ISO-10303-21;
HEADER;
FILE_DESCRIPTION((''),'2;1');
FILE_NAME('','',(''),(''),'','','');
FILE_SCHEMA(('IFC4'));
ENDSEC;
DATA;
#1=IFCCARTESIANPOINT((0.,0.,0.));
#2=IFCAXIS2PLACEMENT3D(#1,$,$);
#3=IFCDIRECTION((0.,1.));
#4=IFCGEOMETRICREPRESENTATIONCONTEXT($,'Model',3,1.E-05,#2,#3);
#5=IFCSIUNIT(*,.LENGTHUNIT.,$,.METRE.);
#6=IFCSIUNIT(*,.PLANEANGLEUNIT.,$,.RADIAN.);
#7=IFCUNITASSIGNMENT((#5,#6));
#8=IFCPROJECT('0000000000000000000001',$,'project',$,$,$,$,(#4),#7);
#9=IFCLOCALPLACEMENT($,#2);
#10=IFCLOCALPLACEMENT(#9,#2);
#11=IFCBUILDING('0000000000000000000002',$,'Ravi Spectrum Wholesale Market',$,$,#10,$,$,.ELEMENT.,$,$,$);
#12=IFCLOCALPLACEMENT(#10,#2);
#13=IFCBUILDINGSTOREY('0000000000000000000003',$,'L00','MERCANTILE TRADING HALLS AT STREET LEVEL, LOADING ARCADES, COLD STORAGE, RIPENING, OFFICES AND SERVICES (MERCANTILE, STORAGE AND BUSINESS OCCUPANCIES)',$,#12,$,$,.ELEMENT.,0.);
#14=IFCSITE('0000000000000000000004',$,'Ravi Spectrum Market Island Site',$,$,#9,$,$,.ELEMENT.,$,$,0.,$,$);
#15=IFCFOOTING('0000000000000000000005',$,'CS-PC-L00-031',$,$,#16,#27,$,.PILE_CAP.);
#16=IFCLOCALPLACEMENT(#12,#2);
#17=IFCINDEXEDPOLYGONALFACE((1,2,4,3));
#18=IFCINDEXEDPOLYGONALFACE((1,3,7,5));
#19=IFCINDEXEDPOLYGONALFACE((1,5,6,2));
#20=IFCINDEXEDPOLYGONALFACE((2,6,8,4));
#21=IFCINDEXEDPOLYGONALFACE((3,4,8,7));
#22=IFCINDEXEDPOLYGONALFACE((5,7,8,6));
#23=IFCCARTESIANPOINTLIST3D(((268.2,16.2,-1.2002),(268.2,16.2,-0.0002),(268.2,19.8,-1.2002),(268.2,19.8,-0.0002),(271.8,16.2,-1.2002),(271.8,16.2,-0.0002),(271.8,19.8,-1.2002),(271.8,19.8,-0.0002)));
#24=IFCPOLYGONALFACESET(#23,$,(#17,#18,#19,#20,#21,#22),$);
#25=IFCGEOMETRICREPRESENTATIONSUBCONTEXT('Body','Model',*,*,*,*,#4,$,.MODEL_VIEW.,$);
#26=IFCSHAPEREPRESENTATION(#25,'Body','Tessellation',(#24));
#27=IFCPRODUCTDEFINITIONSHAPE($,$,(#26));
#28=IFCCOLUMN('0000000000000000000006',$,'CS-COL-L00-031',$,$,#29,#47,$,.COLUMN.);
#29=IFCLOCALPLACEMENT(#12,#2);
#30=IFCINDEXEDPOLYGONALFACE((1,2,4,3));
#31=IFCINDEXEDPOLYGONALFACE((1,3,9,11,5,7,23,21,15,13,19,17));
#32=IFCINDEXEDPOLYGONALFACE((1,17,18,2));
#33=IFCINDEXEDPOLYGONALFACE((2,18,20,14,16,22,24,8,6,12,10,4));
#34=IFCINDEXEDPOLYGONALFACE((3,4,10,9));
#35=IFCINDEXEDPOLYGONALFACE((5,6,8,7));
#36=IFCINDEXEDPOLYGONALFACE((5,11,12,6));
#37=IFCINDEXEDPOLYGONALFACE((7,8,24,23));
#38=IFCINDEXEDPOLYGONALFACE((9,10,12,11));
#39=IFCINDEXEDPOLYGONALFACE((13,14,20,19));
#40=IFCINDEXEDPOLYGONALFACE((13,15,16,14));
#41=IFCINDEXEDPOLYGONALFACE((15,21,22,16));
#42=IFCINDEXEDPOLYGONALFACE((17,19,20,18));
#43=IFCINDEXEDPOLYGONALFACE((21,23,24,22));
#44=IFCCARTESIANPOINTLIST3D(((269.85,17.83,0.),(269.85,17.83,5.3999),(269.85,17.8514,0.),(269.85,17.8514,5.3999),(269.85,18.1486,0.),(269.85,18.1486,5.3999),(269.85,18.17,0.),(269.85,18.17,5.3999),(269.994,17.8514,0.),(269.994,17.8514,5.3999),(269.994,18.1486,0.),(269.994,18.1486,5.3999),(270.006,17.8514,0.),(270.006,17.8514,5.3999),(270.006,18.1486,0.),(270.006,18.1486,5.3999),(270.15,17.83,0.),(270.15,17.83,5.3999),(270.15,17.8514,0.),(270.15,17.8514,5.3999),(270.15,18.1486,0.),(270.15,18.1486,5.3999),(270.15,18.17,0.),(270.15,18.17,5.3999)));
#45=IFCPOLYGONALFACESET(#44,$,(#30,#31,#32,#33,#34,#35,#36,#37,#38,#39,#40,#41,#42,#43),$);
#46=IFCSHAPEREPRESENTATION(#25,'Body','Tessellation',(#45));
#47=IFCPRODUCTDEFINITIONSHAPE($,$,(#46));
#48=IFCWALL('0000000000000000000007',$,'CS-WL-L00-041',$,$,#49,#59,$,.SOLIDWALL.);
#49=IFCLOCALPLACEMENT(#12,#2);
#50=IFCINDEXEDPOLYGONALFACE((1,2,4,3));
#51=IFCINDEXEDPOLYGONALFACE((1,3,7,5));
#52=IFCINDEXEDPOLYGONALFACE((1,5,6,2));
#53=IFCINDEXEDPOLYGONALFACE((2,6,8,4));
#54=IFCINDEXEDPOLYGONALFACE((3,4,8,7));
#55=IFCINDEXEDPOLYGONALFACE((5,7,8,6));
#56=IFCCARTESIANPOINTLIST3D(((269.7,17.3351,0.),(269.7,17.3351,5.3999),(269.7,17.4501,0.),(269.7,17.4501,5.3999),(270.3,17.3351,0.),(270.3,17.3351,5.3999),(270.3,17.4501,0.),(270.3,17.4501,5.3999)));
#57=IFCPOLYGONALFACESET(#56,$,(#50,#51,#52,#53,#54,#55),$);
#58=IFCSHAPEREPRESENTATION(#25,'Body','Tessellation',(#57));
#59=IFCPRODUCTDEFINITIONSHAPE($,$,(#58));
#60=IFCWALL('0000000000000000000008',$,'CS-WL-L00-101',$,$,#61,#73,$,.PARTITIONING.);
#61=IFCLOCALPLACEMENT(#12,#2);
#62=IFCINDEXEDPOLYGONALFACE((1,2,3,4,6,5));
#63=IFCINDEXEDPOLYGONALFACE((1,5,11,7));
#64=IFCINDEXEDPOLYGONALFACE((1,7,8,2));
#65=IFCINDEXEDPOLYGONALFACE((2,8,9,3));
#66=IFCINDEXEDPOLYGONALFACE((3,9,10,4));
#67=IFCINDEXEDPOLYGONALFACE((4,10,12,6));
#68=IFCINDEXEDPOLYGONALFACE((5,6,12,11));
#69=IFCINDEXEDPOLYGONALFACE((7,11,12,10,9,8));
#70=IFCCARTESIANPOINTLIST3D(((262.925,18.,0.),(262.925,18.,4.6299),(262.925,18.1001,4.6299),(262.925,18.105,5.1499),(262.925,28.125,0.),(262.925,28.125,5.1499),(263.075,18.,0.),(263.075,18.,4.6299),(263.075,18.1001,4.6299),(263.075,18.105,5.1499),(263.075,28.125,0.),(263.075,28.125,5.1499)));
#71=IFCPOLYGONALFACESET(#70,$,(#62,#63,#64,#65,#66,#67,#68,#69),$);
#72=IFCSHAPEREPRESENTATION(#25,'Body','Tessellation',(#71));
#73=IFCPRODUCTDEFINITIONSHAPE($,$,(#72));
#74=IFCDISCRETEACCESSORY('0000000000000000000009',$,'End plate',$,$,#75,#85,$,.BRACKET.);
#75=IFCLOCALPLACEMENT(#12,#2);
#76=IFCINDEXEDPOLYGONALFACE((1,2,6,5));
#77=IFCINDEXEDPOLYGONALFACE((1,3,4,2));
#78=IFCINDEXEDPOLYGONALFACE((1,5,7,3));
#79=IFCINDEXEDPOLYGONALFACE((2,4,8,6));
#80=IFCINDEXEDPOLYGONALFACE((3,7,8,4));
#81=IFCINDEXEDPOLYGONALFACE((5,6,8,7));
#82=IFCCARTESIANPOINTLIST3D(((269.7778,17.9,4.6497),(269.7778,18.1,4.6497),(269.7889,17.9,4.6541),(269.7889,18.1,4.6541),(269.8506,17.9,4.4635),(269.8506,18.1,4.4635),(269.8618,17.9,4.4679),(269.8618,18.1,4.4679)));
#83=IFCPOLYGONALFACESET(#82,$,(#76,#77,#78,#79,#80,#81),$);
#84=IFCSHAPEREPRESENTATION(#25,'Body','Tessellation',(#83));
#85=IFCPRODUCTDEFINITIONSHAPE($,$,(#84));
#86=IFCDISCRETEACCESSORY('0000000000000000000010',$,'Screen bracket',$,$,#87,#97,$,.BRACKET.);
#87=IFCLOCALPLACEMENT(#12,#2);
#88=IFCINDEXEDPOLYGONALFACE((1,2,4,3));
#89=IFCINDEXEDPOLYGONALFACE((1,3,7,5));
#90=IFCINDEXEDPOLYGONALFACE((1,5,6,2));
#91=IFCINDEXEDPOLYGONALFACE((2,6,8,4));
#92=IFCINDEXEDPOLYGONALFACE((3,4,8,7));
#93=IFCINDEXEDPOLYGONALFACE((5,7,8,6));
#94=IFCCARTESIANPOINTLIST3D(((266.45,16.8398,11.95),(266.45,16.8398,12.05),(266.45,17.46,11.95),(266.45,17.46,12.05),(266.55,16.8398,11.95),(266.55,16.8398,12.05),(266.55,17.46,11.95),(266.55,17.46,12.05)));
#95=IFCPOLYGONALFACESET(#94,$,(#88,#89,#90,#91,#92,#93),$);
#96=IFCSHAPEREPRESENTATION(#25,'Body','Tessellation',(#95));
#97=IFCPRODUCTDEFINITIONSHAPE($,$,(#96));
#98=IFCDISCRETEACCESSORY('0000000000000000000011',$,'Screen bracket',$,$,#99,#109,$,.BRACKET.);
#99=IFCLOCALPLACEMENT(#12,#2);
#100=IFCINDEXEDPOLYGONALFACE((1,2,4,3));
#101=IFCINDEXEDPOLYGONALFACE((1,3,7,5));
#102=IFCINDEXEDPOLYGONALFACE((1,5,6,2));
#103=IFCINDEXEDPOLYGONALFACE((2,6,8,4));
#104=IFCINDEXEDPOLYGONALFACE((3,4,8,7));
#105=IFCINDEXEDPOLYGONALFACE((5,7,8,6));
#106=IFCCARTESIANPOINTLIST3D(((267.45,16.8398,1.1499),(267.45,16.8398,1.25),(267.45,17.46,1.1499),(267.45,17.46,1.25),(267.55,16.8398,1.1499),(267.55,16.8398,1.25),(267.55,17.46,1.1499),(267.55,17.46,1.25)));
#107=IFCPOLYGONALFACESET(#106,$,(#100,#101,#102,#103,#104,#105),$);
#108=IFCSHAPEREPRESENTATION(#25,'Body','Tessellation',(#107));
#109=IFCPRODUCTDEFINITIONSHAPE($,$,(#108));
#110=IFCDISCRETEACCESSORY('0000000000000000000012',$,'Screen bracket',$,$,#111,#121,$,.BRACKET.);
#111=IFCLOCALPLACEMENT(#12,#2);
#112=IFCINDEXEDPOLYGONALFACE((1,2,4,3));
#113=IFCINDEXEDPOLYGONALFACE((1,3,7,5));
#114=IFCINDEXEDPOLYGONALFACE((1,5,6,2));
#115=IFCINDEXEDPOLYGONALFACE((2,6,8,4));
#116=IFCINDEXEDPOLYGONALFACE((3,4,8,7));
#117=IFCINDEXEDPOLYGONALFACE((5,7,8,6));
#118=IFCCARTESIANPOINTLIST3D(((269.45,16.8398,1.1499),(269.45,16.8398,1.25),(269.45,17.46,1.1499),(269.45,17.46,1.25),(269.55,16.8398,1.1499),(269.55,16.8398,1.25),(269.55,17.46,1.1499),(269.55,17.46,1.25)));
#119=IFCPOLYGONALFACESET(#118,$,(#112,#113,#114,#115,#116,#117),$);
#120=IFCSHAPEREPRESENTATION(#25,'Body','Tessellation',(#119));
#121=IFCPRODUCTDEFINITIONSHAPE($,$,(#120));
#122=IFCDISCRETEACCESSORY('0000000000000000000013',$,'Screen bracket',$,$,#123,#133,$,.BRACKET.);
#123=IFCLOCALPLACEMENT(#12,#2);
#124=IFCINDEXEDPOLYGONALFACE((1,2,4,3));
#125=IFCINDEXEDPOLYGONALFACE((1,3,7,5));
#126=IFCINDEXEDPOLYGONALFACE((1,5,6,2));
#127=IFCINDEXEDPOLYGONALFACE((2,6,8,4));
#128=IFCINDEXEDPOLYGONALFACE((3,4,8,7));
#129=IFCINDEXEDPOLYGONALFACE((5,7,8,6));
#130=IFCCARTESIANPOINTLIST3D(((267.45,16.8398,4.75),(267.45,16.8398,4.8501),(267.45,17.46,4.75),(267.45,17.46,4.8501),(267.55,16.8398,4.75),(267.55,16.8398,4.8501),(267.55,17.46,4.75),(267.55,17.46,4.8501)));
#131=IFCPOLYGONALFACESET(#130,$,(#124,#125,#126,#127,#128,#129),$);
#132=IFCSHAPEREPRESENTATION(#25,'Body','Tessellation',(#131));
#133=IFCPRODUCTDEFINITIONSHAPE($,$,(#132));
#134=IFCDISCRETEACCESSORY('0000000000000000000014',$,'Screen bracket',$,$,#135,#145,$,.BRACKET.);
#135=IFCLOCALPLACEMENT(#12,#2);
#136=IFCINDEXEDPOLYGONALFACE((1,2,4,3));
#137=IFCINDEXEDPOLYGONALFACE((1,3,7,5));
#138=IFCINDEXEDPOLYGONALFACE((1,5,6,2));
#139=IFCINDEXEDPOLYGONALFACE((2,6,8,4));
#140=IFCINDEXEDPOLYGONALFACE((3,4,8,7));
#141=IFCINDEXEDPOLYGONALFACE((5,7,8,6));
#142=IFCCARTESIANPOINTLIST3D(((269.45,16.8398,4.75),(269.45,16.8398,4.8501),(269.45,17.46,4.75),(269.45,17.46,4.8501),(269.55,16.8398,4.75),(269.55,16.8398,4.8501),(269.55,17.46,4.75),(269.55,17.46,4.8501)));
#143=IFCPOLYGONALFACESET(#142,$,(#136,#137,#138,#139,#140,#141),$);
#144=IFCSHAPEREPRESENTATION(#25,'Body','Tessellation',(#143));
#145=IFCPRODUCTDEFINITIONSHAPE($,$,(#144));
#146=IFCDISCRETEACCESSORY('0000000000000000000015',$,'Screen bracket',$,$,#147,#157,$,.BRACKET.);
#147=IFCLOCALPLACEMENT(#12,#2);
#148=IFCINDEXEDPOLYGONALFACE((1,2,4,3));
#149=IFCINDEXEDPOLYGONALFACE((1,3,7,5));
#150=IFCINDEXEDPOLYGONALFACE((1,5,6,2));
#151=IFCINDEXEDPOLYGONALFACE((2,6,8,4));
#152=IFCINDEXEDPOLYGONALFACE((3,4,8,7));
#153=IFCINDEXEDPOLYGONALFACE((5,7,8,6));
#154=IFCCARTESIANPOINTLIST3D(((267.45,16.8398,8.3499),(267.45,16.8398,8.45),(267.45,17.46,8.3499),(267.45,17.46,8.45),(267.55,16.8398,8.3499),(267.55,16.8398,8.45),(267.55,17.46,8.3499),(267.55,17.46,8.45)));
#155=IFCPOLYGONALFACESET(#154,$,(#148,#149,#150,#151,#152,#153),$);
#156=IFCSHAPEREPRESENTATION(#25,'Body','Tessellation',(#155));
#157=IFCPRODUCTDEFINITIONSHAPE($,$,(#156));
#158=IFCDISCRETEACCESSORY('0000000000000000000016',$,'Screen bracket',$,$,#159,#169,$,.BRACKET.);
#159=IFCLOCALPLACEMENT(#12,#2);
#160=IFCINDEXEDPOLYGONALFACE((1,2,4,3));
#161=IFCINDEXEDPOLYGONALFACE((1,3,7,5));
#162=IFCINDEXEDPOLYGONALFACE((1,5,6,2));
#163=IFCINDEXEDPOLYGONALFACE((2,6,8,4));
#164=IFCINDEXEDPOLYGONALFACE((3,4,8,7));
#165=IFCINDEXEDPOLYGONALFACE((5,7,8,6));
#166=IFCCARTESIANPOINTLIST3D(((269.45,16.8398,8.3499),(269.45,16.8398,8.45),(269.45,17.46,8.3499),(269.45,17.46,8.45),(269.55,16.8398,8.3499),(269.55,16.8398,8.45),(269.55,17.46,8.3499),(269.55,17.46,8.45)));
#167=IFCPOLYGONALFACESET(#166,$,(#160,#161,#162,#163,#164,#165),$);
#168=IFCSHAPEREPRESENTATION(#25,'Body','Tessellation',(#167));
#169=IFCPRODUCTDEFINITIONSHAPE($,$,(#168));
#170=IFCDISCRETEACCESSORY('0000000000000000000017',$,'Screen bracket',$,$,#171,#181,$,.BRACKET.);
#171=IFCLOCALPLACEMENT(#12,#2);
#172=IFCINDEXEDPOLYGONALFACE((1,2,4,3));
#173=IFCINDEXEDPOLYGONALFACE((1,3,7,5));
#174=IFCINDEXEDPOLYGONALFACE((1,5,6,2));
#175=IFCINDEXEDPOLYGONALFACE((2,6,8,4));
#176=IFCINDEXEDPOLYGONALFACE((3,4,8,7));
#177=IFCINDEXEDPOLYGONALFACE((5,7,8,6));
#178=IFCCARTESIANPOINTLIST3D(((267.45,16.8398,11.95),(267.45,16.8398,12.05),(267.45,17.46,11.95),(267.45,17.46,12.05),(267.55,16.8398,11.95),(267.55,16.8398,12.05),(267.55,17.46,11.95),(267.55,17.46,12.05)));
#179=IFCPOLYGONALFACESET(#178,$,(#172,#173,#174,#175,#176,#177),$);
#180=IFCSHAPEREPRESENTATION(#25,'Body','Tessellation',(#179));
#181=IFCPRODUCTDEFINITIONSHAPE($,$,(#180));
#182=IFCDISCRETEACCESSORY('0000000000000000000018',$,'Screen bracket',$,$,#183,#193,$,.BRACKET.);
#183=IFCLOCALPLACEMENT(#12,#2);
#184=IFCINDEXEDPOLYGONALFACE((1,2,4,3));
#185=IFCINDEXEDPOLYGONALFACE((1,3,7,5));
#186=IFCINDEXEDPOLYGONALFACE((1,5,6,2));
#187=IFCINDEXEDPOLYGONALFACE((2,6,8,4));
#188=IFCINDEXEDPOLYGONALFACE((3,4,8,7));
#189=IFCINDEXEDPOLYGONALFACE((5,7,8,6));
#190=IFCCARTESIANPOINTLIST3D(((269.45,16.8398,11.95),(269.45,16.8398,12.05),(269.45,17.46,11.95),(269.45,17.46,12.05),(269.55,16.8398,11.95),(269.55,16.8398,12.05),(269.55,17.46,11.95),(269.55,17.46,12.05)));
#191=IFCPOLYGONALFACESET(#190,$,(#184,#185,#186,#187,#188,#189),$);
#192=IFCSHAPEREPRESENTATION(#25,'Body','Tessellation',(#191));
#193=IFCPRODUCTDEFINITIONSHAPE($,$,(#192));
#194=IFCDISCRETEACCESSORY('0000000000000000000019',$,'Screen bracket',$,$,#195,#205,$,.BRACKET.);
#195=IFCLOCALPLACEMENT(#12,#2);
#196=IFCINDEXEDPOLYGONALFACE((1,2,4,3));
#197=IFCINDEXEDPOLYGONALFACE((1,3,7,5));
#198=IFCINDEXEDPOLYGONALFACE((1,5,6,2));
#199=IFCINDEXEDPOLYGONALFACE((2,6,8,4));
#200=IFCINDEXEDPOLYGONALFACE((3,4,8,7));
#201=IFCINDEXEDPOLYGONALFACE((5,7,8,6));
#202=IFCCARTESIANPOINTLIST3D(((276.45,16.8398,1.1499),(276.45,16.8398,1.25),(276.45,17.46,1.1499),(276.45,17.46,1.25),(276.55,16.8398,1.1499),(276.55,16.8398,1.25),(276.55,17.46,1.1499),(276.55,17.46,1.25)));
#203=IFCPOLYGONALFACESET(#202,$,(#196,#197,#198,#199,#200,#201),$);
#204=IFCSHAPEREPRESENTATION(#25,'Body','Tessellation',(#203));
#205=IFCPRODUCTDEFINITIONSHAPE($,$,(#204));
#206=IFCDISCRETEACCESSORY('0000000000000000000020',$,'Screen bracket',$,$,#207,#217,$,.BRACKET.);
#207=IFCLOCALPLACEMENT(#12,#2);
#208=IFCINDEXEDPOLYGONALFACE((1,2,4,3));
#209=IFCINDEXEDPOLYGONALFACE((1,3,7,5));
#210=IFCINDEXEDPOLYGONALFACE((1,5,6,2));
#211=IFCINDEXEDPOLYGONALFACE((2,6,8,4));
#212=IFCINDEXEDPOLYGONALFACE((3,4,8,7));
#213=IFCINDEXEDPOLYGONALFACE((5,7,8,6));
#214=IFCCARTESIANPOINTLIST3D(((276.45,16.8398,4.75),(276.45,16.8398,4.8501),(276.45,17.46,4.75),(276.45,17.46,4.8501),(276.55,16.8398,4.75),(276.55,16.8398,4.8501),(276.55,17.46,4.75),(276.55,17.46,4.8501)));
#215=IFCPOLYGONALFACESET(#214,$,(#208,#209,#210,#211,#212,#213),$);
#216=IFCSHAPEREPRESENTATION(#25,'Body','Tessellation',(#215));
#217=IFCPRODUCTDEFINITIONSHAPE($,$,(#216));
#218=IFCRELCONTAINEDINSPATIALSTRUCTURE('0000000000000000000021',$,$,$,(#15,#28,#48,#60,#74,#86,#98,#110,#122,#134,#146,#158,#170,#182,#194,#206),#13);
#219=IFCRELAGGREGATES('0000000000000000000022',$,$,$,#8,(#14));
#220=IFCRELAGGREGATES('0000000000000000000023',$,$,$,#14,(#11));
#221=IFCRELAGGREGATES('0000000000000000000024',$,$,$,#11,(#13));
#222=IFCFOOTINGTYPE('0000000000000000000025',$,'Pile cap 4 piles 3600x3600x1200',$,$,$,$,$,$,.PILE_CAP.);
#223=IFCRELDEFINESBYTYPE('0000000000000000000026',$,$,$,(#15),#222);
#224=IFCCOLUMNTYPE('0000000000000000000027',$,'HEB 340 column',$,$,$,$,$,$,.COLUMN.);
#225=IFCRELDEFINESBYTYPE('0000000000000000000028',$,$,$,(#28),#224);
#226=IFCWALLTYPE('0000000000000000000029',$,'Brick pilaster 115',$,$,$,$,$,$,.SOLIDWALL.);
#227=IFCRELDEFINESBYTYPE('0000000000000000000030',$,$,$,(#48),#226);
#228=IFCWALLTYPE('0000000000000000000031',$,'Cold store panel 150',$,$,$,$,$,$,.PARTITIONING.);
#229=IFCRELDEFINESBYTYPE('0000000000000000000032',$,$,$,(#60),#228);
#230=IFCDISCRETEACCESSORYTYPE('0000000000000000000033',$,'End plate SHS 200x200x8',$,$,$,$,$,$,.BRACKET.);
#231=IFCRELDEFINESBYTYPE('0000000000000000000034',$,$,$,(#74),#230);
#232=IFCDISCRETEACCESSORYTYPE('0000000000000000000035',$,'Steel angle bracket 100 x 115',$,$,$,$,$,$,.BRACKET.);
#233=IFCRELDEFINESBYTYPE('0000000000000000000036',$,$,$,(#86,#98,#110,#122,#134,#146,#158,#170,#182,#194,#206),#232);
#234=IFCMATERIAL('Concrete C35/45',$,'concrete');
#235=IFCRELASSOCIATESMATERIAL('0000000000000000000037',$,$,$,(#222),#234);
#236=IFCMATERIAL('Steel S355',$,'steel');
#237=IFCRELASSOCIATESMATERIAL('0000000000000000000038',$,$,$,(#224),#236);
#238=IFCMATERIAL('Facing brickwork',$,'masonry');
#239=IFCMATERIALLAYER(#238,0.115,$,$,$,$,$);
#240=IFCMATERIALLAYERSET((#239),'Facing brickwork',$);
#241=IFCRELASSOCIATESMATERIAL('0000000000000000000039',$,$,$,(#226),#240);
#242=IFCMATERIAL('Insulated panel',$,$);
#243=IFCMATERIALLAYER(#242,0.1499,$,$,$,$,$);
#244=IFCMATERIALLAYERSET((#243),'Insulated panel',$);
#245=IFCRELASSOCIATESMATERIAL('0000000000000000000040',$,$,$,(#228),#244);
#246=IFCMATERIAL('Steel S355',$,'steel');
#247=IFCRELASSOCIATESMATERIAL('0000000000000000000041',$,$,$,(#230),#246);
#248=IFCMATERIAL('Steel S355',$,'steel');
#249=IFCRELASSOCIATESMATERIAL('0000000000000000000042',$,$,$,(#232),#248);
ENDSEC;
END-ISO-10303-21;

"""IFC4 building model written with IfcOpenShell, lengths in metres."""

from ifc_helpers import new_model, si_unit, direction, frame, frame_2d, origin, origin_2d, place, context, subcontext, project, spatial, polyline, rectangle, i_section, outline, extrude, material, layer, layer_set, material_profile, profile_set, type_object, element, save


model = new_model("IFC4")

# Units and contexts
model_context = context("Model", 3, precision=1e-05, world=origin(), true_north=direction((0.0, 1.0)))
body_context = subcontext(model_context, "Body", "Model", "MODEL_VIEW")
ifc_project = project(units=[si_unit("LENGTHUNIT", "METRE"), si_unit("PLANEANGLEUNIT", "RADIAN")], contexts=[model_context])

# Site, building, storey
site_placement = place(None, origin())
site = spatial("IfcSite", under=ifc_project, at=site_placement, Name="Ravi Spectrum Market Island Site", CompositionType="ELEMENT", RefElevation=0.0)
building_placement = place(site_placement, origin())
building = spatial("IfcBuilding", under=site, at=building_placement, Name="Ravi Spectrum Wholesale Market", CompositionType="ELEMENT")
storey_placement = place(building_placement, origin())
storey = spatial("IfcBuildingStorey", under=building, at=storey_placement, Name="L00", Description="MERCANTILE TRADING HALLS AT STREET LEVEL, LOADING ARCADES, COLD STORAGE, RIPENING, OFFICES AND SERVICES (MERCANTILE, STORAGE AND BUSINESS OCCUPANCIES)", CompositionType="ELEMENT", Elevation=0.0)

# Footing
ifc_material_1 = material(Name="Concrete C35/45", Category="concrete")
footing_type = type_object("IfcFootingType", Name="Pile cap 4 piles 3600x3600x1200", PredefinedType="PILE_CAP", material=ifc_material_1)
footing_placement = place(storey_placement, frame((270.0, 18.0, -1.2002), z_axis=(0.0, 0.0, 1.0), x_axis=(1.0, 0.0, 0.0)))
element("IfcFooting", 1, at=footing_placement, inside=storey, type_object=footing_type, Name="CS-PC-L00-031", PredefinedType="PILE_CAP", context=body_context, shape_type="SweptSolid", body=[
    extrude(rectangle(XDim=3.6001, YDim=3.6001, at=origin_2d()), origin(), (0.0, 0.0, 1.0), 1.2),
])

# Column
ifc_material_2 = material(Name="Steel S355", Category="steel")
ifc_material_profile_1 = material_profile(ifc_material_2, i_section(OverallWidth=0.3, OverallDepth=0.3401, WebThickness=0.012, FlangeThickness=0.0215, at=origin_2d()))
ifc_profile_set_1 = profile_set([ifc_material_profile_1], Name="Steel S355")
column_type = type_object("IfcColumnType", Name="HEB 340 column", PredefinedType="COLUMN", material=ifc_profile_set_1)
column_placement = place(storey_placement, frame((270.0, 18.0, 0.0), z_axis=(0.0, 0.0, 1.0), x_axis=(1.0, 0.0, 0.0)))
element("IfcColumn", 2, at=column_placement, inside=storey, type_object=column_type, Name="CS-COL-L00-031", PredefinedType="COLUMN", context=body_context, shape_type="SweptSolid", body=[
    extrude(i_section(OverallWidth=0.3, OverallDepth=0.3401, WebThickness=0.012, FlangeThickness=0.0215, at=origin_2d()), origin(), (0.0, 0.0, 1.0), 5.3999),
])

# Walls
ifc_material_3 = material(Name="Facing brickwork", Category="masonry")
ifc_layer_1 = layer(ifc_material_3, 0.115)
ifc_layer_set_1 = layer_set([ifc_layer_1], Name="Facing brickwork")
wall_type_1 = type_object("IfcWallType", Name="Brick pilaster 115", PredefinedType="SOLIDWALL", material=ifc_layer_set_1)
wall_1_placement = place(storey_placement, frame((269.7, 17.3926, 0.0), z_axis=(0.0, 0.0, 1.0), x_axis=(1.0, 0.0, 0.0)))
element("IfcWall", 3, at=wall_1_placement, inside=storey, type_object=wall_type_1, Name="CS-WL-L00-041", PredefinedType="SOLIDWALL", context=body_context, shape_type="SweptSolid", body=[
    extrude(rectangle(XDim=0.6001, YDim=0.115, at=frame_2d((0.3, 0.0))), origin(), (0.0, 0.0, 1.0), 5.3999),
])
ifc_material_4 = material(Name="Insulated panel")
ifc_layer_2 = layer(ifc_material_4, 0.1499)
ifc_layer_set_2 = layer_set([ifc_layer_2], Name="Insulated panel")
wall_type_2 = type_object("IfcWallType", Name="Cold store panel 150", PredefinedType="PARTITIONING", material=ifc_layer_set_2)
wall_2_placement = place(storey_placement, frame((263.0, 18.0, 0.0), z_axis=(0.0, 0.0, 1.0), x_axis=(0.0, 1.0, 0.0)))
element("IfcWall", 4, at=wall_2_placement, inside=storey, type_object=wall_type_2, Name="CS-WL-L00-101", PredefinedType="PARTITIONING", context=body_context, shape_type="SweptSolid", body=[
    extrude(outline(polyline([(0.0, 0.0), (10.125, 0.0), (10.125, 5.1499), (0.105, 5.1499), (0.1001, 4.6299), (0.0, 4.6299), (0.0, 0.0)])), frame((0.0, 0.075, 0.0), z_axis=(0.0, -1.0, 0.0), x_axis=(1.0, 0.0, 0.0)), (0.0, 0.0, 1.0), 0.1499),
])

# Discrete accessories
ifc_material_5 = material(Name="Steel S355", Category="steel")
ifc_material_profile_2 = material_profile(ifc_material_5, rectangle(XDim=0.2, YDim=0.2, at=origin_2d()))
ifc_profile_set_2 = profile_set([ifc_material_profile_2], Name="Steel S355")
discrete_accessory_type_1 = type_object("IfcDiscreteAccessoryType", Name="End plate SHS 200x200x8", PredefinedType="BRACKET", material=ifc_profile_set_2)
discrete_accessory_placement = place(storey_placement, frame((269.8142, 18.0, 4.5566), z_axis=(0.931243, 0.0, 0.364399), x_axis=(0.0, 1.0, 0.0)))
element("IfcDiscreteAccessory", 5, at=discrete_accessory_placement, inside=storey, type_object=discrete_accessory_type_1, Name="End plate", PredefinedType="BRACKET", context=body_context, shape_type="SweptSolid", body=[
    extrude(rectangle(XDim=0.2, YDim=0.2, at=origin_2d()), origin(), (0.0, 0.0, 1.0), 0.012),
])
ifc_material_6 = material(Name="Steel S355", Category="steel")
discrete_accessory_type_2 = type_object("IfcDiscreteAccessoryType", Name="Steel angle bracket 100 x 115", PredefinedType="BRACKET", material=ifc_material_6)
for number, where, z_axis, x_axis, name in (
    (6, (266.5, 17.1499, 11.95), (0.0, 0.0, 1.0), (1.0, 0.0, 0.0), "Screen bracket"),
    (7, (267.5, 17.1499, 1.1499), (0.0, 0.0, 1.0), (1.0, 0.0, 0.0), "Screen bracket"),
    (8, (269.5, 17.1499, 1.1499), (0.0, 0.0, 1.0), (1.0, 0.0, 0.0), "Screen bracket"),
    (9, (267.5, 17.1499, 4.75), (0.0, 0.0, 1.0), (1.0, 0.0, 0.0), "Screen bracket"),
    (10, (269.5, 17.1499, 4.75), (0.0, 0.0, 1.0), (1.0, 0.0, 0.0), "Screen bracket"),
    (11, (267.5, 17.1499, 8.3499), (0.0, 0.0, 1.0), (1.0, 0.0, 0.0), "Screen bracket"),
    (12, (269.5, 17.1499, 8.3499), (0.0, 0.0, 1.0), (1.0, 0.0, 0.0), "Screen bracket"),
    (13, (267.5, 17.1499, 11.95), (0.0, 0.0, 1.0), (1.0, 0.0, 0.0), "Screen bracket"),
    (14, (269.5, 17.1499, 11.95), (0.0, 0.0, 1.0), (1.0, 0.0, 0.0), "Screen bracket"),
    (15, (276.5, 17.1499, 1.1499), (0.0, 0.0, 1.0), (1.0, 0.0, 0.0), "Screen bracket"),
    (16, (276.5, 17.1499, 4.75), (0.0, 0.0, 1.0), (1.0, 0.0, 0.0), "Screen bracket"),
):
    element("IfcDiscreteAccessory", number, at=place(storey_placement, frame(where, z_axis=z_axis, x_axis=x_axis)), inside=storey, type_object=discrete_accessory_type_2, Name=name, PredefinedType="BRACKET", context=body_context, shape_type="SweptSolid", body=[
        extrude(rectangle(XDim=0.1001, YDim=0.6201, at=origin_2d()), origin(), (0.0, 0.0, 1.0), 0.1001),
    ])

save(model, "model.ifc")
